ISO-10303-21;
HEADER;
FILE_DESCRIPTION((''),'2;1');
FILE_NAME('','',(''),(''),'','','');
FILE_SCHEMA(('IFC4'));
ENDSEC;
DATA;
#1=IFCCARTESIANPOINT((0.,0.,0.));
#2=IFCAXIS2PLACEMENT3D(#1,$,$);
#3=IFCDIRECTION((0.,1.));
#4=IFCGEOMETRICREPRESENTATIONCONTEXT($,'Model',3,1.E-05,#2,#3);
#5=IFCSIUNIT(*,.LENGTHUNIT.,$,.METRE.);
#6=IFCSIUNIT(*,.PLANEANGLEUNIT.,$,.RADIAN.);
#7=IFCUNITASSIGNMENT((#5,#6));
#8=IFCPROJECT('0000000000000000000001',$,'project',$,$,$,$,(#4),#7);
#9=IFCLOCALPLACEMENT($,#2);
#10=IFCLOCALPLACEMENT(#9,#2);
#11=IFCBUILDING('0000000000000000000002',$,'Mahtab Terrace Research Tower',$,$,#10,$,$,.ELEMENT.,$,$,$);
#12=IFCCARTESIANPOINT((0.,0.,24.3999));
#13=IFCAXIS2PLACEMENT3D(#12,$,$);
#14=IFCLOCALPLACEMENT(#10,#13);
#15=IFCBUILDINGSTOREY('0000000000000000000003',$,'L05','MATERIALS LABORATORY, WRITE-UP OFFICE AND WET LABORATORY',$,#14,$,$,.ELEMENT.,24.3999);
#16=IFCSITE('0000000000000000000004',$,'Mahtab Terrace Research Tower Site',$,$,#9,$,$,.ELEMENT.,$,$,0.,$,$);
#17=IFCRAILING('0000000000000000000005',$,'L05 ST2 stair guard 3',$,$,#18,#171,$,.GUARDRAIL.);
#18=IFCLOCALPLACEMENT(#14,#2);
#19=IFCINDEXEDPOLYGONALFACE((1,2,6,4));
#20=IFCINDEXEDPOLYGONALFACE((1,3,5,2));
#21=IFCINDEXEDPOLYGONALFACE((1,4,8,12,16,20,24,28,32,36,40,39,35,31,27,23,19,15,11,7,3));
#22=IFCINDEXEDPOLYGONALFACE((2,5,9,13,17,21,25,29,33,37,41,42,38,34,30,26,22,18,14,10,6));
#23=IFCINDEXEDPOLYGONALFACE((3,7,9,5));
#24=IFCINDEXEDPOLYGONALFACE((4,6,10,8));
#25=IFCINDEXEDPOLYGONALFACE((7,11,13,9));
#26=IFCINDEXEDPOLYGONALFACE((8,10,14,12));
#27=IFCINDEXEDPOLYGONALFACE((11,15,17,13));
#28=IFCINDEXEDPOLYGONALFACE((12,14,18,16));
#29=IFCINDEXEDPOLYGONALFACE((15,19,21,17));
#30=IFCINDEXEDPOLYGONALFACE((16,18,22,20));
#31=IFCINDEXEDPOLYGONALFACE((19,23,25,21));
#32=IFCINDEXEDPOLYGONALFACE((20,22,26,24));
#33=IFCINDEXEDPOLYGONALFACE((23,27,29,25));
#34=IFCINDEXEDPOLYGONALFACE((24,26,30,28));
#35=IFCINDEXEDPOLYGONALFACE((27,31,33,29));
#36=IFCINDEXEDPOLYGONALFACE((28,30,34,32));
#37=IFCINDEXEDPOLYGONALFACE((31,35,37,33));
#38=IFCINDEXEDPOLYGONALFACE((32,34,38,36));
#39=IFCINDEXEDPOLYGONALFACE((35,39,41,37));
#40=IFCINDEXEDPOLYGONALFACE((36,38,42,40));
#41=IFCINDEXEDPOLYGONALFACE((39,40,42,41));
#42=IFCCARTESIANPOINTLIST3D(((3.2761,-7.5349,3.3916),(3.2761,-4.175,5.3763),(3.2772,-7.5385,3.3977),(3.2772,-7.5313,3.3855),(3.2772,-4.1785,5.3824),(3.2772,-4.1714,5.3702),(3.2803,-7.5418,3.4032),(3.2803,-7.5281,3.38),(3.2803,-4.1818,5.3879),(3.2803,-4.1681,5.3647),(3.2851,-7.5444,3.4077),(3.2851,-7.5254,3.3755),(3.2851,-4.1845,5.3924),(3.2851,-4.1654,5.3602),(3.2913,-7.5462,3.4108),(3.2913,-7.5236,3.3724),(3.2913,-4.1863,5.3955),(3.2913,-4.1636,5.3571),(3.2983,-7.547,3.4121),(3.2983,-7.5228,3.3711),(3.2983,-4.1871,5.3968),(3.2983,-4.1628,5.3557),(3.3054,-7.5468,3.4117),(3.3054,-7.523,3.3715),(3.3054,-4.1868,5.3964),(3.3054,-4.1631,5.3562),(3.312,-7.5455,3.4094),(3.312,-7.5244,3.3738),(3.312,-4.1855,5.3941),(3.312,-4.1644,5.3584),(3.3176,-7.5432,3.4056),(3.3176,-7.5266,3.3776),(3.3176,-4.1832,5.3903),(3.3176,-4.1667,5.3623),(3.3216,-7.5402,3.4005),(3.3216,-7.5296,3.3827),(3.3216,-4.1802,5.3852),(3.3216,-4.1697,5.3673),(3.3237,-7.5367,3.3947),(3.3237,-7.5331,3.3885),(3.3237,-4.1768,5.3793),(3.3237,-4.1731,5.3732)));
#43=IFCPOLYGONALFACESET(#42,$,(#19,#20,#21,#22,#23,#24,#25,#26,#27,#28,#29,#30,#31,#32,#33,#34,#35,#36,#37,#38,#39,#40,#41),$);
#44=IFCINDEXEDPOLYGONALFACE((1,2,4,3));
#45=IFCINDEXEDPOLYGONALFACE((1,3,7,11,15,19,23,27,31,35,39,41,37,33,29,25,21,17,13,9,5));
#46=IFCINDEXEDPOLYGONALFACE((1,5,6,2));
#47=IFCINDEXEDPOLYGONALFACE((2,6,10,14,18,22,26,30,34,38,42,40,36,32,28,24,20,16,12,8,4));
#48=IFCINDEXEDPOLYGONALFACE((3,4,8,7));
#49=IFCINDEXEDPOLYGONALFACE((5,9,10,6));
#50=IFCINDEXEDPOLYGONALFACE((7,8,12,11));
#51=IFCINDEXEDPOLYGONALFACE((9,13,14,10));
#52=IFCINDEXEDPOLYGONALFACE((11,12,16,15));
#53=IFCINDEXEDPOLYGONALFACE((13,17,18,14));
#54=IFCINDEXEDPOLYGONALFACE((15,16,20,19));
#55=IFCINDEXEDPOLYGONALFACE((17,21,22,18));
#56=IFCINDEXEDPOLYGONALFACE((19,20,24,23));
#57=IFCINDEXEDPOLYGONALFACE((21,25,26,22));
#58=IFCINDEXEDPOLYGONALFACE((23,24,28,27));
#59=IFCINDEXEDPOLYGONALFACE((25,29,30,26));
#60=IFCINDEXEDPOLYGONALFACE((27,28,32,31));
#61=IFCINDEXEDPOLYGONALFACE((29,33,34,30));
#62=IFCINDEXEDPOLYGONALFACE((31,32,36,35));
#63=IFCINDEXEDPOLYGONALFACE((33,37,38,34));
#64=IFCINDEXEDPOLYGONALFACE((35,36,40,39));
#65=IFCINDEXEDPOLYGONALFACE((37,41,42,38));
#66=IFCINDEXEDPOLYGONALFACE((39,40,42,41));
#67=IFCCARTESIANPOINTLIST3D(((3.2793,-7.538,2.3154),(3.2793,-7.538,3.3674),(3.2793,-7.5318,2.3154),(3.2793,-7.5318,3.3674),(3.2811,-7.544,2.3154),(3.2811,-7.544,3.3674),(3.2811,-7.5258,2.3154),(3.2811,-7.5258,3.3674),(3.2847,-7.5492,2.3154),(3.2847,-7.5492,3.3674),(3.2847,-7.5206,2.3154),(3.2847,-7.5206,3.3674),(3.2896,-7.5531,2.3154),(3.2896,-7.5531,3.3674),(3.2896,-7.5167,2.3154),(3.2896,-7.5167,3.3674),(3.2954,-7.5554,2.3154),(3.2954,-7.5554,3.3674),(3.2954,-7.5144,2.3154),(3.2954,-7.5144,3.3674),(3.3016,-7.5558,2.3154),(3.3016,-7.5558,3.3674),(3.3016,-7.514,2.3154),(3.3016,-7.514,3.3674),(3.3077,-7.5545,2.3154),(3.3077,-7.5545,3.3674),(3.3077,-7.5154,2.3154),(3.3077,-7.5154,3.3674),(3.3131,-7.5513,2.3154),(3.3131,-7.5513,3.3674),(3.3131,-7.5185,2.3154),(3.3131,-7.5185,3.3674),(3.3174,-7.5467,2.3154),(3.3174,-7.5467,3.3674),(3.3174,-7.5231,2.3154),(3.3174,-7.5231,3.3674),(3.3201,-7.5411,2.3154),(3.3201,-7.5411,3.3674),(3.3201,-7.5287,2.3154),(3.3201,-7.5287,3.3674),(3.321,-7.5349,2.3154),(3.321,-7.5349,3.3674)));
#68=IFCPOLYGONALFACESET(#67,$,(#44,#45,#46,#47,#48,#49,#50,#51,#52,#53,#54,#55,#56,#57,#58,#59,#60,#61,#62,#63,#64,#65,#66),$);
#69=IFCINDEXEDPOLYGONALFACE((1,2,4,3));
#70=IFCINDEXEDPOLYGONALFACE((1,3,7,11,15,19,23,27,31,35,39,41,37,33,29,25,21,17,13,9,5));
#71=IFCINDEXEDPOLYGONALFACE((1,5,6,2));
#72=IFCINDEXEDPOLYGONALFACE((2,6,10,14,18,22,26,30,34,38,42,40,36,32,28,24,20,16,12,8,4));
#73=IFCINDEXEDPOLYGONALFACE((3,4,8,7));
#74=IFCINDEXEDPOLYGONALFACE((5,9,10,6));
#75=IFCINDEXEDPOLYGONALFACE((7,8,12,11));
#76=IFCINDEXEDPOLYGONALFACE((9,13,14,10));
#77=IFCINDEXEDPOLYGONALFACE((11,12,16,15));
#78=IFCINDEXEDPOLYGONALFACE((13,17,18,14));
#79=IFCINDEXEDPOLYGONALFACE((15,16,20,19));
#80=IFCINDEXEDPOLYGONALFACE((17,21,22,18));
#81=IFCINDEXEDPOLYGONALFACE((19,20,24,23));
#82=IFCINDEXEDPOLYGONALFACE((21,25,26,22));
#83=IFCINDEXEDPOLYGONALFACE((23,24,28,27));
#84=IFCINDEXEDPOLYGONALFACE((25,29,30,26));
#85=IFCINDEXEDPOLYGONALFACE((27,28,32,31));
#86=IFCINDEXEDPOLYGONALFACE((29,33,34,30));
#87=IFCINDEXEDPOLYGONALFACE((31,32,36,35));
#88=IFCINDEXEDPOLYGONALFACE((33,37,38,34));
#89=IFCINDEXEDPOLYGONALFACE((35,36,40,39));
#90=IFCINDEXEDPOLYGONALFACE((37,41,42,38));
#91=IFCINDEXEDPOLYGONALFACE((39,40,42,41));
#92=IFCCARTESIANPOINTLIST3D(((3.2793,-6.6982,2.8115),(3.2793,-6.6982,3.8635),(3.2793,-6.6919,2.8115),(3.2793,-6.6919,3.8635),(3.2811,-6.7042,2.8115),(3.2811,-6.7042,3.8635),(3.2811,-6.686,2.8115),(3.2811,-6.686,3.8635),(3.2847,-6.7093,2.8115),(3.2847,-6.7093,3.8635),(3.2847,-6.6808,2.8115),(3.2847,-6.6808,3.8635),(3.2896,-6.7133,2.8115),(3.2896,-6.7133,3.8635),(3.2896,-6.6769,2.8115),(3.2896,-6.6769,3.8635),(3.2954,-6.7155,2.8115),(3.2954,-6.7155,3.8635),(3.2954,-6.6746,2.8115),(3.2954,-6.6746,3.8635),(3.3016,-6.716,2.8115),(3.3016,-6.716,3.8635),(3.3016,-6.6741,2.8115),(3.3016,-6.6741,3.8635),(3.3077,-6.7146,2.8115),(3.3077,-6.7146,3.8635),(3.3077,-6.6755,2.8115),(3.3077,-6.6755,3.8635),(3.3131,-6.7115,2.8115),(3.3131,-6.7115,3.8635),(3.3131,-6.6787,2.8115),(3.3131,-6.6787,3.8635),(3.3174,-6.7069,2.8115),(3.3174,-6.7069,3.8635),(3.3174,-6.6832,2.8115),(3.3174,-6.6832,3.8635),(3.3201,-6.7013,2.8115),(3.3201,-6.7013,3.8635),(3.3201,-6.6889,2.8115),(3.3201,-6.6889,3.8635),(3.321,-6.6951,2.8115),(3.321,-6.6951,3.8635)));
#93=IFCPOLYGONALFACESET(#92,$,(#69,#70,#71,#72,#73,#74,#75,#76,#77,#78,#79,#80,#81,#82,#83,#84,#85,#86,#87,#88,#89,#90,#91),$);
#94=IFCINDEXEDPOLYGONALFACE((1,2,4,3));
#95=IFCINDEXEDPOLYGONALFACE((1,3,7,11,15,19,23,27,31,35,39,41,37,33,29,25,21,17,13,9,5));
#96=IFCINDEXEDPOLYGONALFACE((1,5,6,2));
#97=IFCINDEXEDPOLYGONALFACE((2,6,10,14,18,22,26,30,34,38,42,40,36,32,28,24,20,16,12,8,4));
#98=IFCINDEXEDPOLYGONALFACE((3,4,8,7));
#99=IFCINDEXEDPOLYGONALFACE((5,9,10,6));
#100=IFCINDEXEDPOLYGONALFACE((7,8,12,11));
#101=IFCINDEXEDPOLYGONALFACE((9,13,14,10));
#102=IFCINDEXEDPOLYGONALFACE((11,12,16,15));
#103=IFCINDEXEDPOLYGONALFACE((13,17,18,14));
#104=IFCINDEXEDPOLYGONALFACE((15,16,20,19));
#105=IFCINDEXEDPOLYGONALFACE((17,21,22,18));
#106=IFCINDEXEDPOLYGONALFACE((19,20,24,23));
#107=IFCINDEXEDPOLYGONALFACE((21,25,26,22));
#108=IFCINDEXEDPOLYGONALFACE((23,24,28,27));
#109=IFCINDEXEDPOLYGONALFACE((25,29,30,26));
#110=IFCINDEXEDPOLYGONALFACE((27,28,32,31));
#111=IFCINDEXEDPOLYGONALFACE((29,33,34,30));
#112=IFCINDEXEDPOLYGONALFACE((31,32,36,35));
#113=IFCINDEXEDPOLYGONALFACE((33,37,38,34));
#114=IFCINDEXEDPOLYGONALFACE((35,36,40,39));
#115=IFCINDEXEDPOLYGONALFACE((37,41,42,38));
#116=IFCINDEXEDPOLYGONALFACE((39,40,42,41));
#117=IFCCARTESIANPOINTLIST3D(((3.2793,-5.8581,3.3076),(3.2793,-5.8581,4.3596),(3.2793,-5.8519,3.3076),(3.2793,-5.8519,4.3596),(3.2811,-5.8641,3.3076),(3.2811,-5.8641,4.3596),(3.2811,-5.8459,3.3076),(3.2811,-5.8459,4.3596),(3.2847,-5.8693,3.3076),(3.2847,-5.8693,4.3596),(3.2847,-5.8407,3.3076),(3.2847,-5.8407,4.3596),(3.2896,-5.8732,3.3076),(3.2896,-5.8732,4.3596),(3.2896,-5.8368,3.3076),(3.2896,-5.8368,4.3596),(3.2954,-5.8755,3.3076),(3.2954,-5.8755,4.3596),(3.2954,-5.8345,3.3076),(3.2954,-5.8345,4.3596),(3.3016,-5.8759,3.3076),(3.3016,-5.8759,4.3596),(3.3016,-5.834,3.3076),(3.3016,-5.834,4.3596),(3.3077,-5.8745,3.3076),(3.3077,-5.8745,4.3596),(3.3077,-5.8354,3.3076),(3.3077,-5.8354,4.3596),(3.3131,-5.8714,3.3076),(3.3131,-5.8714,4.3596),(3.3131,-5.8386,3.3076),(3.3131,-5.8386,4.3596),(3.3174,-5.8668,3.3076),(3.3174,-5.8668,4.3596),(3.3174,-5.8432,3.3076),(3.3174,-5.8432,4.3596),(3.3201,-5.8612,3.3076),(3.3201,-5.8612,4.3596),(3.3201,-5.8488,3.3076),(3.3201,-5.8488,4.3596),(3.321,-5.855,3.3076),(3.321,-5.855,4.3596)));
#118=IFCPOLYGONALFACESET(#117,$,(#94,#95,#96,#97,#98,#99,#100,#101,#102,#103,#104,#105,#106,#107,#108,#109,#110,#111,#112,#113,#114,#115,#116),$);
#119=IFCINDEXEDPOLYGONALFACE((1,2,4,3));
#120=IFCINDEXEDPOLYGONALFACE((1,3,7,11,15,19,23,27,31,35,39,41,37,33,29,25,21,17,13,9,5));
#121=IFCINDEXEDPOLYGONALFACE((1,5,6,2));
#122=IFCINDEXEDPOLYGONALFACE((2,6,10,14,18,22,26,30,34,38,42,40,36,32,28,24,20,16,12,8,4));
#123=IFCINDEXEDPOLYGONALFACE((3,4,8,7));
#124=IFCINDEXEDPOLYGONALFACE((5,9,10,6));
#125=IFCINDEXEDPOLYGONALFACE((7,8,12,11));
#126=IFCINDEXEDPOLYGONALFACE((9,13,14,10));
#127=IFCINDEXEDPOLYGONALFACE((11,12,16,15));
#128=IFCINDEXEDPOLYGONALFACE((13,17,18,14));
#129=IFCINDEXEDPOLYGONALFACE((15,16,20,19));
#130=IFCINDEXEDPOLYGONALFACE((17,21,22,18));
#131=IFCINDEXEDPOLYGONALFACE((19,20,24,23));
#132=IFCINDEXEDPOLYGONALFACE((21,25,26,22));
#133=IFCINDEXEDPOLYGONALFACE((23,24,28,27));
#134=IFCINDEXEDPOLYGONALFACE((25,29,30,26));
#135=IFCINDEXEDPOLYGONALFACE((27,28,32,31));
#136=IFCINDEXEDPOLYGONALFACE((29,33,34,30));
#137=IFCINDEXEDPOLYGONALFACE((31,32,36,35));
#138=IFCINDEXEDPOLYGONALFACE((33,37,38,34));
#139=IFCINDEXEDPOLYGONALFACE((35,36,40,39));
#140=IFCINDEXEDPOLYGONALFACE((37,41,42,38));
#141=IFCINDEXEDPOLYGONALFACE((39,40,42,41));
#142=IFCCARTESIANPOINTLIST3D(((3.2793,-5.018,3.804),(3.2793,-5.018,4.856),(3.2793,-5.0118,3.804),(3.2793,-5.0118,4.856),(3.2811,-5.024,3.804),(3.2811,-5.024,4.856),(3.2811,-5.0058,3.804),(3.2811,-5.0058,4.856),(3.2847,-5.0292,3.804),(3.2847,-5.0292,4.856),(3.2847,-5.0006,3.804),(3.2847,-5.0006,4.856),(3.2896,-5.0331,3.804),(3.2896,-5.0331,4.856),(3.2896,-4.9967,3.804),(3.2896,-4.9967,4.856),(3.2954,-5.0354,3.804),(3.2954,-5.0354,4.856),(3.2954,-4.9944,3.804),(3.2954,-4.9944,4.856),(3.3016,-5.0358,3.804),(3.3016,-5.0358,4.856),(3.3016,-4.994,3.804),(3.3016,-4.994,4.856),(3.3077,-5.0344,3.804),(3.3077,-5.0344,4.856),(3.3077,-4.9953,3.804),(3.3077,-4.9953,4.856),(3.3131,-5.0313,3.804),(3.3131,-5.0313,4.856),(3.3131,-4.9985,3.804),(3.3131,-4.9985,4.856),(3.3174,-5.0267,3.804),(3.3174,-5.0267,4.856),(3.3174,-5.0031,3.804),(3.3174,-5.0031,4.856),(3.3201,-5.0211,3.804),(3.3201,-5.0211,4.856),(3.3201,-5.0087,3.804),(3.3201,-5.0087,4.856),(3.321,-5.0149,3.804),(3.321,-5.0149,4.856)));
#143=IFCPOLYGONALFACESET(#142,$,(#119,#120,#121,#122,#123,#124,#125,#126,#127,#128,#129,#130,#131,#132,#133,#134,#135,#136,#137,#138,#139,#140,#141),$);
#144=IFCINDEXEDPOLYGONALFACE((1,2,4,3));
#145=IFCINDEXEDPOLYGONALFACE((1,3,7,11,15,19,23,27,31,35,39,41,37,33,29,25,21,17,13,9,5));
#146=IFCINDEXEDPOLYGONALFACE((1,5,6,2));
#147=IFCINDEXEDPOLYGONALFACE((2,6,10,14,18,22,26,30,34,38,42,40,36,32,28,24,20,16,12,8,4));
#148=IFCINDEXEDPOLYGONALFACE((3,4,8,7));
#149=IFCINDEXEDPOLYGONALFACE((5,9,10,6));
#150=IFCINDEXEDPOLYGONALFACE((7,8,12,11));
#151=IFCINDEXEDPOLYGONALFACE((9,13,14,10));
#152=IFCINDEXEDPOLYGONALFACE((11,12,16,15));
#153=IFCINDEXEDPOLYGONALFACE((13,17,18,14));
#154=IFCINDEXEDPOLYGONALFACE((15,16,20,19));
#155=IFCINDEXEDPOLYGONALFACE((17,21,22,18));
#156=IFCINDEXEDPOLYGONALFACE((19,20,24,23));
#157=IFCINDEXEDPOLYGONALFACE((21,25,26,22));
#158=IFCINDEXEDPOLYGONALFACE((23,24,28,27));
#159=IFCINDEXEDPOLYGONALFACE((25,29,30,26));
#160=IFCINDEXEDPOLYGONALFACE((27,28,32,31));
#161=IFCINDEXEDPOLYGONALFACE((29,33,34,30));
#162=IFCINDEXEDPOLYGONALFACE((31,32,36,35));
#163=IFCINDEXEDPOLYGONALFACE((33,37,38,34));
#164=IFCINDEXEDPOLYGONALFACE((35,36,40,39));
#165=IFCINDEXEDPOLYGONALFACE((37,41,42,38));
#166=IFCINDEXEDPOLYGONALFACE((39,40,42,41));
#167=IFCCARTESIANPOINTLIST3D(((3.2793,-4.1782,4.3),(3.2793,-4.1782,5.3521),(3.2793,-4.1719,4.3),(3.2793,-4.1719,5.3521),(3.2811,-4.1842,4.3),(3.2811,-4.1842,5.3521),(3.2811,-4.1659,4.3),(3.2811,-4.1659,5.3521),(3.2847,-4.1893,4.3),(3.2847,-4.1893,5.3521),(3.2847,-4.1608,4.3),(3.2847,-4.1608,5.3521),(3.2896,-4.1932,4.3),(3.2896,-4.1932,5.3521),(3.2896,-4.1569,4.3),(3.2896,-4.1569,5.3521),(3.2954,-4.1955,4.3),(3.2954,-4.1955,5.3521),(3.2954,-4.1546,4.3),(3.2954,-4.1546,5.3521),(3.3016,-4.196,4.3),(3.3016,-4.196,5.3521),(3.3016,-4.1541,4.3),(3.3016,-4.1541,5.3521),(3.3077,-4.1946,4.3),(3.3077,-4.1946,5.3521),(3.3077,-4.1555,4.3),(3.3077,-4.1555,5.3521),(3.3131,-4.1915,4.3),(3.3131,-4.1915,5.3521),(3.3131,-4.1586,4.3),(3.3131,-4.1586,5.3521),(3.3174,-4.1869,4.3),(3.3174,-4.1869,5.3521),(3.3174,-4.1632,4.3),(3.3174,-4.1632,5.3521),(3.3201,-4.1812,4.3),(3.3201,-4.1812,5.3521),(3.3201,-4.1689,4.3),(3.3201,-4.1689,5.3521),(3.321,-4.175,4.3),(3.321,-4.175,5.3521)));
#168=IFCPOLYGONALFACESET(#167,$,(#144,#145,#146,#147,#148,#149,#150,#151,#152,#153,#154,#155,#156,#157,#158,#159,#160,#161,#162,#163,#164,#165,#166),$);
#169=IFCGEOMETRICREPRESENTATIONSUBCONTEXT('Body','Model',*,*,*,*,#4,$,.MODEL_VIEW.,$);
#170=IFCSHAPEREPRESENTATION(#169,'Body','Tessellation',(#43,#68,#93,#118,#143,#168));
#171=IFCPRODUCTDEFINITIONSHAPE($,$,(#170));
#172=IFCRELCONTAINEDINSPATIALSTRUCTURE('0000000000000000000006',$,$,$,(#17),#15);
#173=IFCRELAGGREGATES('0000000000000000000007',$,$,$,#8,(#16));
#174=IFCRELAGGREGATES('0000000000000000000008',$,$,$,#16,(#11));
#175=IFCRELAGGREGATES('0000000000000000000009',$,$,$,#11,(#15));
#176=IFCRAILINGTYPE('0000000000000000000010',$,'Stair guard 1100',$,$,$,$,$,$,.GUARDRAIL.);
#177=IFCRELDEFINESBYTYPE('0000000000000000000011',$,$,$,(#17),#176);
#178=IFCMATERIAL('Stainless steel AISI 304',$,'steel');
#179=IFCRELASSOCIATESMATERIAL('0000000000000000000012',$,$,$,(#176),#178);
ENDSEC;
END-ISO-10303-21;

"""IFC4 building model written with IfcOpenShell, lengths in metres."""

from ifc_helpers import new_model, si_unit, direction, frame, origin, origin_2d, place, context, subcontext, project, spatial, circle, extrude, material, type_object, element, save


model = new_model("IFC4")

# Units and contexts
model_context = context("Model", 3, precision=1e-05, world=origin(), true_north=direction((0.0, 1.0)))
body_context = subcontext(model_context, "Body", "Model", "MODEL_VIEW")
ifc_project = project(units=[si_unit("LENGTHUNIT", "METRE"), si_unit("PLANEANGLEUNIT", "RADIAN")], contexts=[model_context])

# Site, building, storey
site_placement = place(None, origin())
site = spatial("IfcSite", under=ifc_project, at=site_placement, Name="Mahtab Terrace Research Tower Site", CompositionType="ELEMENT", RefElevation=0.0)
building_placement = place(site_placement, origin())
building = spatial("IfcBuilding", under=site, at=building_placement, Name="Mahtab Terrace Research Tower", CompositionType="ELEMENT")
storey_placement = place(building_placement, frame((0.0, 0.0, 24.3999)))
storey = spatial("IfcBuildingStorey", under=building, at=storey_placement, Name="L05", Description="MATERIALS LABORATORY, WRITE-UP OFFICE AND WET LABORATORY", CompositionType="ELEMENT", Elevation=24.3999)

# Railing
ifc_material_1 = material(Name="Stainless steel AISI 304", Category="steel")
railing_type_1 = type_object("IfcRailingType", Name="Stair guard 1100", PredefinedType="GUARDRAIL", material=ifc_material_1)
railing_1_placement = place(storey_placement, frame((3.3, -7.5349, 2.3154)))
element("IfcRailing", 1, at=railing_1_placement, inside=storey, type_object=railing_type_1, Name="L05 ST2 stair guard 3", PredefinedType="GUARDRAIL", context=body_context, shape_type="SweptSolid", body=[
    extrude(circle(Radius=0.0239, at=origin_2d()), frame((0.0, 0.0, 1.0762), z_axis=(0.0, 0.861011, 0.508586), x_axis=(-1.0, 0.0, 0.0)), (0.0, 0.0, 1.0), 3.9023),
    extrude(circle(Radius=0.021, at=origin_2d()), origin(), (0.0, 0.0, 1.0), 1.052),
    extrude(circle(Radius=0.021, at=origin_2d()), frame((0.0, 0.8398, 0.4961)), (0.0, 0.0, 1.0), 1.052),
    extrude(circle(Radius=0.021, at=origin_2d()), frame((0.0, 1.6799, 0.9922)), (0.0, 0.0, 1.0), 1.052),
    extrude(circle(Radius=0.021, at=origin_2d()), frame((0.0, 2.52, 1.4885)), (0.0, 0.0, 1.0), 1.052),
    extrude(circle(Radius=0.021, at=origin_2d()), frame((0.0, 3.3599, 1.9846)), (0.0, 0.0, 1.0), 1.052),
])

save(model, "model.ifc")
